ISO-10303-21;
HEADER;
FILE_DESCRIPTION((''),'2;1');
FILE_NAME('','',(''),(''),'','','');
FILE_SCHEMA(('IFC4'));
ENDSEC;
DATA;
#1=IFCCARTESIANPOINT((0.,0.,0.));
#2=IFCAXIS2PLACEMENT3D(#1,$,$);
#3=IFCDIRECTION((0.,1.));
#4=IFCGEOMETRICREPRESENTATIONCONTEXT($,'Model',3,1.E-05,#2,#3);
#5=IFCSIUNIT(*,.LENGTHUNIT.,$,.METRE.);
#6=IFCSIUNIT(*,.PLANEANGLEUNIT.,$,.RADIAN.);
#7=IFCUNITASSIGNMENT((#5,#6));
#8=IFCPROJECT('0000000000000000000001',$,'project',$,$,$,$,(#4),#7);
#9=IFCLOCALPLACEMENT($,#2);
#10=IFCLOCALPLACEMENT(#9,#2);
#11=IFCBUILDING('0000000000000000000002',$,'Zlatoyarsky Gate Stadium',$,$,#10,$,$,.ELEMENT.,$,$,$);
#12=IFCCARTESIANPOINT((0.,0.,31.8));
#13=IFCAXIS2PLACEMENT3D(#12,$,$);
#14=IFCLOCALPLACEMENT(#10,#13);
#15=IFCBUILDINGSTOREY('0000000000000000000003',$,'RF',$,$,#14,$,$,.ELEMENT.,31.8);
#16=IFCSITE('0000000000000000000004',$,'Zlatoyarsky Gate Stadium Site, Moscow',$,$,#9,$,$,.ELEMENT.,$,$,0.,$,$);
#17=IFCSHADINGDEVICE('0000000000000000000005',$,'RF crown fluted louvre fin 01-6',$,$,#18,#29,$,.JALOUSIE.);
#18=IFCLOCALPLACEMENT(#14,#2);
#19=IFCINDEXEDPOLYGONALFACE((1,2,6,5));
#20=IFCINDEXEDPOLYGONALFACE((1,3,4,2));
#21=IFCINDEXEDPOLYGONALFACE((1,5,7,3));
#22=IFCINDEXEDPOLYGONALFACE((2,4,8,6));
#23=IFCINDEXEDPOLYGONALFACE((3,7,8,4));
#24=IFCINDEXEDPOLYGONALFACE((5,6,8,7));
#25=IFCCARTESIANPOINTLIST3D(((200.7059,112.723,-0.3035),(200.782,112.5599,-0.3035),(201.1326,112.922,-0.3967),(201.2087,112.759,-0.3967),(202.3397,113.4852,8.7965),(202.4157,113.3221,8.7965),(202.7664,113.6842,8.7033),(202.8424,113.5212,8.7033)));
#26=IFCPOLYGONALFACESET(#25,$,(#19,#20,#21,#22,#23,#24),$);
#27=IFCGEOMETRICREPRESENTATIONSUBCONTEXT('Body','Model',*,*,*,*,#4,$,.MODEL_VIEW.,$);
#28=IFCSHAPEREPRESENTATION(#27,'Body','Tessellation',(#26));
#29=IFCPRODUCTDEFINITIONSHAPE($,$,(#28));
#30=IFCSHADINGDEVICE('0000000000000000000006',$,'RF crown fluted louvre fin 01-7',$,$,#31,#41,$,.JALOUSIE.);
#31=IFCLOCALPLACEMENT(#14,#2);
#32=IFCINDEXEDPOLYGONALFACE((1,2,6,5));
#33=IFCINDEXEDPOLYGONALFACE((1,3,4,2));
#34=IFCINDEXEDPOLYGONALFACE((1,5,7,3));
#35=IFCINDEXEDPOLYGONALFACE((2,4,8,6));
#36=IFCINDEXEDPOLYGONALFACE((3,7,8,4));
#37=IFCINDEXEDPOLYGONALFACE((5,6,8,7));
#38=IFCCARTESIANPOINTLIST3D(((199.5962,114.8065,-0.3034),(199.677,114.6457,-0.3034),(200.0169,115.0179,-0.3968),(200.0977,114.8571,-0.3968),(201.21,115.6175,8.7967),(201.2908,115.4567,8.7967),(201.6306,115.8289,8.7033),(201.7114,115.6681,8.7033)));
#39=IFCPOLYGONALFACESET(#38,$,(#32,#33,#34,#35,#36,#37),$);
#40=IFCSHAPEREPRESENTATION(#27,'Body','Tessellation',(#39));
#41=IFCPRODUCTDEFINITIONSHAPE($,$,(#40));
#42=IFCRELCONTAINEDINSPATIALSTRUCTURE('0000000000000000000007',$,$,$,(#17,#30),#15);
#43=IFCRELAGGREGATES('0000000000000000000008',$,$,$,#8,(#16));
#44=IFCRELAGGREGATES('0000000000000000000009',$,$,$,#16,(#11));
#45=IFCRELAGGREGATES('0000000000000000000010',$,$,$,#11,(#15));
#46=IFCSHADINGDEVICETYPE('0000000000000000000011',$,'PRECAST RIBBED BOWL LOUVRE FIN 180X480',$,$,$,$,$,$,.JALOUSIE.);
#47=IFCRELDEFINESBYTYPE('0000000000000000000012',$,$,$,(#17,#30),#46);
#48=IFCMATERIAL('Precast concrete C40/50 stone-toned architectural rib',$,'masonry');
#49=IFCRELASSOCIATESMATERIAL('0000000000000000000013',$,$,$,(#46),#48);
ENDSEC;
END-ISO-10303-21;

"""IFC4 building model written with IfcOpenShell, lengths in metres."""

from ifc_helpers import new_model, si_unit, direction, frame, origin, origin_2d, place, context, subcontext, project, spatial, rectangle, extrude, material, material_profile, profile_set, type_object, element, save


model = new_model("IFC4")

# Units and contexts
model_context = context("Model", 3, precision=1e-05, world=origin(), true_north=direction((0.0, 1.0)))
body_context = subcontext(model_context, "Body", "Model", "MODEL_VIEW")
ifc_project = project(units=[si_unit("LENGTHUNIT", "METRE"), si_unit("PLANEANGLEUNIT", "RADIAN")], contexts=[model_context])

# Site, building, storey
site_placement = place(None, origin())
site = spatial("IfcSite", under=ifc_project, at=site_placement, Name="Zlatoyarsky Gate Stadium Site, Moscow", CompositionType="ELEMENT", RefElevation=0.0)
building_placement = place(site_placement, origin())
building = spatial("IfcBuilding", under=site, at=building_placement, Name="Zlatoyarsky Gate Stadium", CompositionType="ELEMENT")
storey_placement = place(building_placement, frame((0.0, 0.0, 31.8)))
storey = spatial("IfcBuildingStorey", under=building, at=storey_placement, Name="RF", CompositionType="ELEMENT", Elevation=31.8)

# Shading devices
ifc_material_1 = material(Name="Precast concrete C40/50 stone-toned architectural rib", Category="masonry")
ifc_material_profile_1 = material_profile(ifc_material_1, rectangle(XDim=0.1799, YDim=0.48, at=origin_2d()), Name="RIB 180X480")
ifc_profile_set_1 = profile_set([ifc_material_profile_1], Name="Precast concrete C40/50 stone-toned architectural rib")
shading_device_type = type_object("IfcShadingDeviceType", Name="PRECAST RIBBED BOWL LOUVRE FIN 180X480", PredefinedType="JALOUSIE", material=ifc_profile_set_1)
shading_device_1_placement = place(storey_placement, frame((200.9573, 112.741, -0.3501), z_axis=(0.176113, 0.082161, 0.980935), x_axis=(-0.422782, 0.906232, 0.0)))
element("IfcShadingDevice", 1, at=shading_device_1_placement, inside=storey, type_object=shading_device_type, Name="RF crown fluted louvre fin 01-6", PredefinedType="JALOUSIE", context=body_context, shape_type="SweptSolid", body=[
    extrude(rectangle(XDim=0.1799, YDim=0.48, at=origin_2d()), origin(), (0.0, 0.0, 1.0), 9.2769),
])
shading_device_2_placement = place(storey_placement, frame((199.8469, 114.8318, -0.3501), z_axis=(0.173943, 0.087419, 0.980868), x_axis=(-0.449051, 0.893506, 0.0)))
element("IfcShadingDevice", 2, at=shading_device_2_placement, inside=storey, type_object=shading_device_type, Name="RF crown fluted louvre fin 01-7", PredefinedType="JALOUSIE", context=body_context, shape_type="SweptSolid", body=[
    extrude(rectangle(XDim=0.1799, YDim=0.48, at=origin_2d()), origin(), (0.0, 0.0, 1.0), 9.2776),
])

save(model, "model.ifc")
